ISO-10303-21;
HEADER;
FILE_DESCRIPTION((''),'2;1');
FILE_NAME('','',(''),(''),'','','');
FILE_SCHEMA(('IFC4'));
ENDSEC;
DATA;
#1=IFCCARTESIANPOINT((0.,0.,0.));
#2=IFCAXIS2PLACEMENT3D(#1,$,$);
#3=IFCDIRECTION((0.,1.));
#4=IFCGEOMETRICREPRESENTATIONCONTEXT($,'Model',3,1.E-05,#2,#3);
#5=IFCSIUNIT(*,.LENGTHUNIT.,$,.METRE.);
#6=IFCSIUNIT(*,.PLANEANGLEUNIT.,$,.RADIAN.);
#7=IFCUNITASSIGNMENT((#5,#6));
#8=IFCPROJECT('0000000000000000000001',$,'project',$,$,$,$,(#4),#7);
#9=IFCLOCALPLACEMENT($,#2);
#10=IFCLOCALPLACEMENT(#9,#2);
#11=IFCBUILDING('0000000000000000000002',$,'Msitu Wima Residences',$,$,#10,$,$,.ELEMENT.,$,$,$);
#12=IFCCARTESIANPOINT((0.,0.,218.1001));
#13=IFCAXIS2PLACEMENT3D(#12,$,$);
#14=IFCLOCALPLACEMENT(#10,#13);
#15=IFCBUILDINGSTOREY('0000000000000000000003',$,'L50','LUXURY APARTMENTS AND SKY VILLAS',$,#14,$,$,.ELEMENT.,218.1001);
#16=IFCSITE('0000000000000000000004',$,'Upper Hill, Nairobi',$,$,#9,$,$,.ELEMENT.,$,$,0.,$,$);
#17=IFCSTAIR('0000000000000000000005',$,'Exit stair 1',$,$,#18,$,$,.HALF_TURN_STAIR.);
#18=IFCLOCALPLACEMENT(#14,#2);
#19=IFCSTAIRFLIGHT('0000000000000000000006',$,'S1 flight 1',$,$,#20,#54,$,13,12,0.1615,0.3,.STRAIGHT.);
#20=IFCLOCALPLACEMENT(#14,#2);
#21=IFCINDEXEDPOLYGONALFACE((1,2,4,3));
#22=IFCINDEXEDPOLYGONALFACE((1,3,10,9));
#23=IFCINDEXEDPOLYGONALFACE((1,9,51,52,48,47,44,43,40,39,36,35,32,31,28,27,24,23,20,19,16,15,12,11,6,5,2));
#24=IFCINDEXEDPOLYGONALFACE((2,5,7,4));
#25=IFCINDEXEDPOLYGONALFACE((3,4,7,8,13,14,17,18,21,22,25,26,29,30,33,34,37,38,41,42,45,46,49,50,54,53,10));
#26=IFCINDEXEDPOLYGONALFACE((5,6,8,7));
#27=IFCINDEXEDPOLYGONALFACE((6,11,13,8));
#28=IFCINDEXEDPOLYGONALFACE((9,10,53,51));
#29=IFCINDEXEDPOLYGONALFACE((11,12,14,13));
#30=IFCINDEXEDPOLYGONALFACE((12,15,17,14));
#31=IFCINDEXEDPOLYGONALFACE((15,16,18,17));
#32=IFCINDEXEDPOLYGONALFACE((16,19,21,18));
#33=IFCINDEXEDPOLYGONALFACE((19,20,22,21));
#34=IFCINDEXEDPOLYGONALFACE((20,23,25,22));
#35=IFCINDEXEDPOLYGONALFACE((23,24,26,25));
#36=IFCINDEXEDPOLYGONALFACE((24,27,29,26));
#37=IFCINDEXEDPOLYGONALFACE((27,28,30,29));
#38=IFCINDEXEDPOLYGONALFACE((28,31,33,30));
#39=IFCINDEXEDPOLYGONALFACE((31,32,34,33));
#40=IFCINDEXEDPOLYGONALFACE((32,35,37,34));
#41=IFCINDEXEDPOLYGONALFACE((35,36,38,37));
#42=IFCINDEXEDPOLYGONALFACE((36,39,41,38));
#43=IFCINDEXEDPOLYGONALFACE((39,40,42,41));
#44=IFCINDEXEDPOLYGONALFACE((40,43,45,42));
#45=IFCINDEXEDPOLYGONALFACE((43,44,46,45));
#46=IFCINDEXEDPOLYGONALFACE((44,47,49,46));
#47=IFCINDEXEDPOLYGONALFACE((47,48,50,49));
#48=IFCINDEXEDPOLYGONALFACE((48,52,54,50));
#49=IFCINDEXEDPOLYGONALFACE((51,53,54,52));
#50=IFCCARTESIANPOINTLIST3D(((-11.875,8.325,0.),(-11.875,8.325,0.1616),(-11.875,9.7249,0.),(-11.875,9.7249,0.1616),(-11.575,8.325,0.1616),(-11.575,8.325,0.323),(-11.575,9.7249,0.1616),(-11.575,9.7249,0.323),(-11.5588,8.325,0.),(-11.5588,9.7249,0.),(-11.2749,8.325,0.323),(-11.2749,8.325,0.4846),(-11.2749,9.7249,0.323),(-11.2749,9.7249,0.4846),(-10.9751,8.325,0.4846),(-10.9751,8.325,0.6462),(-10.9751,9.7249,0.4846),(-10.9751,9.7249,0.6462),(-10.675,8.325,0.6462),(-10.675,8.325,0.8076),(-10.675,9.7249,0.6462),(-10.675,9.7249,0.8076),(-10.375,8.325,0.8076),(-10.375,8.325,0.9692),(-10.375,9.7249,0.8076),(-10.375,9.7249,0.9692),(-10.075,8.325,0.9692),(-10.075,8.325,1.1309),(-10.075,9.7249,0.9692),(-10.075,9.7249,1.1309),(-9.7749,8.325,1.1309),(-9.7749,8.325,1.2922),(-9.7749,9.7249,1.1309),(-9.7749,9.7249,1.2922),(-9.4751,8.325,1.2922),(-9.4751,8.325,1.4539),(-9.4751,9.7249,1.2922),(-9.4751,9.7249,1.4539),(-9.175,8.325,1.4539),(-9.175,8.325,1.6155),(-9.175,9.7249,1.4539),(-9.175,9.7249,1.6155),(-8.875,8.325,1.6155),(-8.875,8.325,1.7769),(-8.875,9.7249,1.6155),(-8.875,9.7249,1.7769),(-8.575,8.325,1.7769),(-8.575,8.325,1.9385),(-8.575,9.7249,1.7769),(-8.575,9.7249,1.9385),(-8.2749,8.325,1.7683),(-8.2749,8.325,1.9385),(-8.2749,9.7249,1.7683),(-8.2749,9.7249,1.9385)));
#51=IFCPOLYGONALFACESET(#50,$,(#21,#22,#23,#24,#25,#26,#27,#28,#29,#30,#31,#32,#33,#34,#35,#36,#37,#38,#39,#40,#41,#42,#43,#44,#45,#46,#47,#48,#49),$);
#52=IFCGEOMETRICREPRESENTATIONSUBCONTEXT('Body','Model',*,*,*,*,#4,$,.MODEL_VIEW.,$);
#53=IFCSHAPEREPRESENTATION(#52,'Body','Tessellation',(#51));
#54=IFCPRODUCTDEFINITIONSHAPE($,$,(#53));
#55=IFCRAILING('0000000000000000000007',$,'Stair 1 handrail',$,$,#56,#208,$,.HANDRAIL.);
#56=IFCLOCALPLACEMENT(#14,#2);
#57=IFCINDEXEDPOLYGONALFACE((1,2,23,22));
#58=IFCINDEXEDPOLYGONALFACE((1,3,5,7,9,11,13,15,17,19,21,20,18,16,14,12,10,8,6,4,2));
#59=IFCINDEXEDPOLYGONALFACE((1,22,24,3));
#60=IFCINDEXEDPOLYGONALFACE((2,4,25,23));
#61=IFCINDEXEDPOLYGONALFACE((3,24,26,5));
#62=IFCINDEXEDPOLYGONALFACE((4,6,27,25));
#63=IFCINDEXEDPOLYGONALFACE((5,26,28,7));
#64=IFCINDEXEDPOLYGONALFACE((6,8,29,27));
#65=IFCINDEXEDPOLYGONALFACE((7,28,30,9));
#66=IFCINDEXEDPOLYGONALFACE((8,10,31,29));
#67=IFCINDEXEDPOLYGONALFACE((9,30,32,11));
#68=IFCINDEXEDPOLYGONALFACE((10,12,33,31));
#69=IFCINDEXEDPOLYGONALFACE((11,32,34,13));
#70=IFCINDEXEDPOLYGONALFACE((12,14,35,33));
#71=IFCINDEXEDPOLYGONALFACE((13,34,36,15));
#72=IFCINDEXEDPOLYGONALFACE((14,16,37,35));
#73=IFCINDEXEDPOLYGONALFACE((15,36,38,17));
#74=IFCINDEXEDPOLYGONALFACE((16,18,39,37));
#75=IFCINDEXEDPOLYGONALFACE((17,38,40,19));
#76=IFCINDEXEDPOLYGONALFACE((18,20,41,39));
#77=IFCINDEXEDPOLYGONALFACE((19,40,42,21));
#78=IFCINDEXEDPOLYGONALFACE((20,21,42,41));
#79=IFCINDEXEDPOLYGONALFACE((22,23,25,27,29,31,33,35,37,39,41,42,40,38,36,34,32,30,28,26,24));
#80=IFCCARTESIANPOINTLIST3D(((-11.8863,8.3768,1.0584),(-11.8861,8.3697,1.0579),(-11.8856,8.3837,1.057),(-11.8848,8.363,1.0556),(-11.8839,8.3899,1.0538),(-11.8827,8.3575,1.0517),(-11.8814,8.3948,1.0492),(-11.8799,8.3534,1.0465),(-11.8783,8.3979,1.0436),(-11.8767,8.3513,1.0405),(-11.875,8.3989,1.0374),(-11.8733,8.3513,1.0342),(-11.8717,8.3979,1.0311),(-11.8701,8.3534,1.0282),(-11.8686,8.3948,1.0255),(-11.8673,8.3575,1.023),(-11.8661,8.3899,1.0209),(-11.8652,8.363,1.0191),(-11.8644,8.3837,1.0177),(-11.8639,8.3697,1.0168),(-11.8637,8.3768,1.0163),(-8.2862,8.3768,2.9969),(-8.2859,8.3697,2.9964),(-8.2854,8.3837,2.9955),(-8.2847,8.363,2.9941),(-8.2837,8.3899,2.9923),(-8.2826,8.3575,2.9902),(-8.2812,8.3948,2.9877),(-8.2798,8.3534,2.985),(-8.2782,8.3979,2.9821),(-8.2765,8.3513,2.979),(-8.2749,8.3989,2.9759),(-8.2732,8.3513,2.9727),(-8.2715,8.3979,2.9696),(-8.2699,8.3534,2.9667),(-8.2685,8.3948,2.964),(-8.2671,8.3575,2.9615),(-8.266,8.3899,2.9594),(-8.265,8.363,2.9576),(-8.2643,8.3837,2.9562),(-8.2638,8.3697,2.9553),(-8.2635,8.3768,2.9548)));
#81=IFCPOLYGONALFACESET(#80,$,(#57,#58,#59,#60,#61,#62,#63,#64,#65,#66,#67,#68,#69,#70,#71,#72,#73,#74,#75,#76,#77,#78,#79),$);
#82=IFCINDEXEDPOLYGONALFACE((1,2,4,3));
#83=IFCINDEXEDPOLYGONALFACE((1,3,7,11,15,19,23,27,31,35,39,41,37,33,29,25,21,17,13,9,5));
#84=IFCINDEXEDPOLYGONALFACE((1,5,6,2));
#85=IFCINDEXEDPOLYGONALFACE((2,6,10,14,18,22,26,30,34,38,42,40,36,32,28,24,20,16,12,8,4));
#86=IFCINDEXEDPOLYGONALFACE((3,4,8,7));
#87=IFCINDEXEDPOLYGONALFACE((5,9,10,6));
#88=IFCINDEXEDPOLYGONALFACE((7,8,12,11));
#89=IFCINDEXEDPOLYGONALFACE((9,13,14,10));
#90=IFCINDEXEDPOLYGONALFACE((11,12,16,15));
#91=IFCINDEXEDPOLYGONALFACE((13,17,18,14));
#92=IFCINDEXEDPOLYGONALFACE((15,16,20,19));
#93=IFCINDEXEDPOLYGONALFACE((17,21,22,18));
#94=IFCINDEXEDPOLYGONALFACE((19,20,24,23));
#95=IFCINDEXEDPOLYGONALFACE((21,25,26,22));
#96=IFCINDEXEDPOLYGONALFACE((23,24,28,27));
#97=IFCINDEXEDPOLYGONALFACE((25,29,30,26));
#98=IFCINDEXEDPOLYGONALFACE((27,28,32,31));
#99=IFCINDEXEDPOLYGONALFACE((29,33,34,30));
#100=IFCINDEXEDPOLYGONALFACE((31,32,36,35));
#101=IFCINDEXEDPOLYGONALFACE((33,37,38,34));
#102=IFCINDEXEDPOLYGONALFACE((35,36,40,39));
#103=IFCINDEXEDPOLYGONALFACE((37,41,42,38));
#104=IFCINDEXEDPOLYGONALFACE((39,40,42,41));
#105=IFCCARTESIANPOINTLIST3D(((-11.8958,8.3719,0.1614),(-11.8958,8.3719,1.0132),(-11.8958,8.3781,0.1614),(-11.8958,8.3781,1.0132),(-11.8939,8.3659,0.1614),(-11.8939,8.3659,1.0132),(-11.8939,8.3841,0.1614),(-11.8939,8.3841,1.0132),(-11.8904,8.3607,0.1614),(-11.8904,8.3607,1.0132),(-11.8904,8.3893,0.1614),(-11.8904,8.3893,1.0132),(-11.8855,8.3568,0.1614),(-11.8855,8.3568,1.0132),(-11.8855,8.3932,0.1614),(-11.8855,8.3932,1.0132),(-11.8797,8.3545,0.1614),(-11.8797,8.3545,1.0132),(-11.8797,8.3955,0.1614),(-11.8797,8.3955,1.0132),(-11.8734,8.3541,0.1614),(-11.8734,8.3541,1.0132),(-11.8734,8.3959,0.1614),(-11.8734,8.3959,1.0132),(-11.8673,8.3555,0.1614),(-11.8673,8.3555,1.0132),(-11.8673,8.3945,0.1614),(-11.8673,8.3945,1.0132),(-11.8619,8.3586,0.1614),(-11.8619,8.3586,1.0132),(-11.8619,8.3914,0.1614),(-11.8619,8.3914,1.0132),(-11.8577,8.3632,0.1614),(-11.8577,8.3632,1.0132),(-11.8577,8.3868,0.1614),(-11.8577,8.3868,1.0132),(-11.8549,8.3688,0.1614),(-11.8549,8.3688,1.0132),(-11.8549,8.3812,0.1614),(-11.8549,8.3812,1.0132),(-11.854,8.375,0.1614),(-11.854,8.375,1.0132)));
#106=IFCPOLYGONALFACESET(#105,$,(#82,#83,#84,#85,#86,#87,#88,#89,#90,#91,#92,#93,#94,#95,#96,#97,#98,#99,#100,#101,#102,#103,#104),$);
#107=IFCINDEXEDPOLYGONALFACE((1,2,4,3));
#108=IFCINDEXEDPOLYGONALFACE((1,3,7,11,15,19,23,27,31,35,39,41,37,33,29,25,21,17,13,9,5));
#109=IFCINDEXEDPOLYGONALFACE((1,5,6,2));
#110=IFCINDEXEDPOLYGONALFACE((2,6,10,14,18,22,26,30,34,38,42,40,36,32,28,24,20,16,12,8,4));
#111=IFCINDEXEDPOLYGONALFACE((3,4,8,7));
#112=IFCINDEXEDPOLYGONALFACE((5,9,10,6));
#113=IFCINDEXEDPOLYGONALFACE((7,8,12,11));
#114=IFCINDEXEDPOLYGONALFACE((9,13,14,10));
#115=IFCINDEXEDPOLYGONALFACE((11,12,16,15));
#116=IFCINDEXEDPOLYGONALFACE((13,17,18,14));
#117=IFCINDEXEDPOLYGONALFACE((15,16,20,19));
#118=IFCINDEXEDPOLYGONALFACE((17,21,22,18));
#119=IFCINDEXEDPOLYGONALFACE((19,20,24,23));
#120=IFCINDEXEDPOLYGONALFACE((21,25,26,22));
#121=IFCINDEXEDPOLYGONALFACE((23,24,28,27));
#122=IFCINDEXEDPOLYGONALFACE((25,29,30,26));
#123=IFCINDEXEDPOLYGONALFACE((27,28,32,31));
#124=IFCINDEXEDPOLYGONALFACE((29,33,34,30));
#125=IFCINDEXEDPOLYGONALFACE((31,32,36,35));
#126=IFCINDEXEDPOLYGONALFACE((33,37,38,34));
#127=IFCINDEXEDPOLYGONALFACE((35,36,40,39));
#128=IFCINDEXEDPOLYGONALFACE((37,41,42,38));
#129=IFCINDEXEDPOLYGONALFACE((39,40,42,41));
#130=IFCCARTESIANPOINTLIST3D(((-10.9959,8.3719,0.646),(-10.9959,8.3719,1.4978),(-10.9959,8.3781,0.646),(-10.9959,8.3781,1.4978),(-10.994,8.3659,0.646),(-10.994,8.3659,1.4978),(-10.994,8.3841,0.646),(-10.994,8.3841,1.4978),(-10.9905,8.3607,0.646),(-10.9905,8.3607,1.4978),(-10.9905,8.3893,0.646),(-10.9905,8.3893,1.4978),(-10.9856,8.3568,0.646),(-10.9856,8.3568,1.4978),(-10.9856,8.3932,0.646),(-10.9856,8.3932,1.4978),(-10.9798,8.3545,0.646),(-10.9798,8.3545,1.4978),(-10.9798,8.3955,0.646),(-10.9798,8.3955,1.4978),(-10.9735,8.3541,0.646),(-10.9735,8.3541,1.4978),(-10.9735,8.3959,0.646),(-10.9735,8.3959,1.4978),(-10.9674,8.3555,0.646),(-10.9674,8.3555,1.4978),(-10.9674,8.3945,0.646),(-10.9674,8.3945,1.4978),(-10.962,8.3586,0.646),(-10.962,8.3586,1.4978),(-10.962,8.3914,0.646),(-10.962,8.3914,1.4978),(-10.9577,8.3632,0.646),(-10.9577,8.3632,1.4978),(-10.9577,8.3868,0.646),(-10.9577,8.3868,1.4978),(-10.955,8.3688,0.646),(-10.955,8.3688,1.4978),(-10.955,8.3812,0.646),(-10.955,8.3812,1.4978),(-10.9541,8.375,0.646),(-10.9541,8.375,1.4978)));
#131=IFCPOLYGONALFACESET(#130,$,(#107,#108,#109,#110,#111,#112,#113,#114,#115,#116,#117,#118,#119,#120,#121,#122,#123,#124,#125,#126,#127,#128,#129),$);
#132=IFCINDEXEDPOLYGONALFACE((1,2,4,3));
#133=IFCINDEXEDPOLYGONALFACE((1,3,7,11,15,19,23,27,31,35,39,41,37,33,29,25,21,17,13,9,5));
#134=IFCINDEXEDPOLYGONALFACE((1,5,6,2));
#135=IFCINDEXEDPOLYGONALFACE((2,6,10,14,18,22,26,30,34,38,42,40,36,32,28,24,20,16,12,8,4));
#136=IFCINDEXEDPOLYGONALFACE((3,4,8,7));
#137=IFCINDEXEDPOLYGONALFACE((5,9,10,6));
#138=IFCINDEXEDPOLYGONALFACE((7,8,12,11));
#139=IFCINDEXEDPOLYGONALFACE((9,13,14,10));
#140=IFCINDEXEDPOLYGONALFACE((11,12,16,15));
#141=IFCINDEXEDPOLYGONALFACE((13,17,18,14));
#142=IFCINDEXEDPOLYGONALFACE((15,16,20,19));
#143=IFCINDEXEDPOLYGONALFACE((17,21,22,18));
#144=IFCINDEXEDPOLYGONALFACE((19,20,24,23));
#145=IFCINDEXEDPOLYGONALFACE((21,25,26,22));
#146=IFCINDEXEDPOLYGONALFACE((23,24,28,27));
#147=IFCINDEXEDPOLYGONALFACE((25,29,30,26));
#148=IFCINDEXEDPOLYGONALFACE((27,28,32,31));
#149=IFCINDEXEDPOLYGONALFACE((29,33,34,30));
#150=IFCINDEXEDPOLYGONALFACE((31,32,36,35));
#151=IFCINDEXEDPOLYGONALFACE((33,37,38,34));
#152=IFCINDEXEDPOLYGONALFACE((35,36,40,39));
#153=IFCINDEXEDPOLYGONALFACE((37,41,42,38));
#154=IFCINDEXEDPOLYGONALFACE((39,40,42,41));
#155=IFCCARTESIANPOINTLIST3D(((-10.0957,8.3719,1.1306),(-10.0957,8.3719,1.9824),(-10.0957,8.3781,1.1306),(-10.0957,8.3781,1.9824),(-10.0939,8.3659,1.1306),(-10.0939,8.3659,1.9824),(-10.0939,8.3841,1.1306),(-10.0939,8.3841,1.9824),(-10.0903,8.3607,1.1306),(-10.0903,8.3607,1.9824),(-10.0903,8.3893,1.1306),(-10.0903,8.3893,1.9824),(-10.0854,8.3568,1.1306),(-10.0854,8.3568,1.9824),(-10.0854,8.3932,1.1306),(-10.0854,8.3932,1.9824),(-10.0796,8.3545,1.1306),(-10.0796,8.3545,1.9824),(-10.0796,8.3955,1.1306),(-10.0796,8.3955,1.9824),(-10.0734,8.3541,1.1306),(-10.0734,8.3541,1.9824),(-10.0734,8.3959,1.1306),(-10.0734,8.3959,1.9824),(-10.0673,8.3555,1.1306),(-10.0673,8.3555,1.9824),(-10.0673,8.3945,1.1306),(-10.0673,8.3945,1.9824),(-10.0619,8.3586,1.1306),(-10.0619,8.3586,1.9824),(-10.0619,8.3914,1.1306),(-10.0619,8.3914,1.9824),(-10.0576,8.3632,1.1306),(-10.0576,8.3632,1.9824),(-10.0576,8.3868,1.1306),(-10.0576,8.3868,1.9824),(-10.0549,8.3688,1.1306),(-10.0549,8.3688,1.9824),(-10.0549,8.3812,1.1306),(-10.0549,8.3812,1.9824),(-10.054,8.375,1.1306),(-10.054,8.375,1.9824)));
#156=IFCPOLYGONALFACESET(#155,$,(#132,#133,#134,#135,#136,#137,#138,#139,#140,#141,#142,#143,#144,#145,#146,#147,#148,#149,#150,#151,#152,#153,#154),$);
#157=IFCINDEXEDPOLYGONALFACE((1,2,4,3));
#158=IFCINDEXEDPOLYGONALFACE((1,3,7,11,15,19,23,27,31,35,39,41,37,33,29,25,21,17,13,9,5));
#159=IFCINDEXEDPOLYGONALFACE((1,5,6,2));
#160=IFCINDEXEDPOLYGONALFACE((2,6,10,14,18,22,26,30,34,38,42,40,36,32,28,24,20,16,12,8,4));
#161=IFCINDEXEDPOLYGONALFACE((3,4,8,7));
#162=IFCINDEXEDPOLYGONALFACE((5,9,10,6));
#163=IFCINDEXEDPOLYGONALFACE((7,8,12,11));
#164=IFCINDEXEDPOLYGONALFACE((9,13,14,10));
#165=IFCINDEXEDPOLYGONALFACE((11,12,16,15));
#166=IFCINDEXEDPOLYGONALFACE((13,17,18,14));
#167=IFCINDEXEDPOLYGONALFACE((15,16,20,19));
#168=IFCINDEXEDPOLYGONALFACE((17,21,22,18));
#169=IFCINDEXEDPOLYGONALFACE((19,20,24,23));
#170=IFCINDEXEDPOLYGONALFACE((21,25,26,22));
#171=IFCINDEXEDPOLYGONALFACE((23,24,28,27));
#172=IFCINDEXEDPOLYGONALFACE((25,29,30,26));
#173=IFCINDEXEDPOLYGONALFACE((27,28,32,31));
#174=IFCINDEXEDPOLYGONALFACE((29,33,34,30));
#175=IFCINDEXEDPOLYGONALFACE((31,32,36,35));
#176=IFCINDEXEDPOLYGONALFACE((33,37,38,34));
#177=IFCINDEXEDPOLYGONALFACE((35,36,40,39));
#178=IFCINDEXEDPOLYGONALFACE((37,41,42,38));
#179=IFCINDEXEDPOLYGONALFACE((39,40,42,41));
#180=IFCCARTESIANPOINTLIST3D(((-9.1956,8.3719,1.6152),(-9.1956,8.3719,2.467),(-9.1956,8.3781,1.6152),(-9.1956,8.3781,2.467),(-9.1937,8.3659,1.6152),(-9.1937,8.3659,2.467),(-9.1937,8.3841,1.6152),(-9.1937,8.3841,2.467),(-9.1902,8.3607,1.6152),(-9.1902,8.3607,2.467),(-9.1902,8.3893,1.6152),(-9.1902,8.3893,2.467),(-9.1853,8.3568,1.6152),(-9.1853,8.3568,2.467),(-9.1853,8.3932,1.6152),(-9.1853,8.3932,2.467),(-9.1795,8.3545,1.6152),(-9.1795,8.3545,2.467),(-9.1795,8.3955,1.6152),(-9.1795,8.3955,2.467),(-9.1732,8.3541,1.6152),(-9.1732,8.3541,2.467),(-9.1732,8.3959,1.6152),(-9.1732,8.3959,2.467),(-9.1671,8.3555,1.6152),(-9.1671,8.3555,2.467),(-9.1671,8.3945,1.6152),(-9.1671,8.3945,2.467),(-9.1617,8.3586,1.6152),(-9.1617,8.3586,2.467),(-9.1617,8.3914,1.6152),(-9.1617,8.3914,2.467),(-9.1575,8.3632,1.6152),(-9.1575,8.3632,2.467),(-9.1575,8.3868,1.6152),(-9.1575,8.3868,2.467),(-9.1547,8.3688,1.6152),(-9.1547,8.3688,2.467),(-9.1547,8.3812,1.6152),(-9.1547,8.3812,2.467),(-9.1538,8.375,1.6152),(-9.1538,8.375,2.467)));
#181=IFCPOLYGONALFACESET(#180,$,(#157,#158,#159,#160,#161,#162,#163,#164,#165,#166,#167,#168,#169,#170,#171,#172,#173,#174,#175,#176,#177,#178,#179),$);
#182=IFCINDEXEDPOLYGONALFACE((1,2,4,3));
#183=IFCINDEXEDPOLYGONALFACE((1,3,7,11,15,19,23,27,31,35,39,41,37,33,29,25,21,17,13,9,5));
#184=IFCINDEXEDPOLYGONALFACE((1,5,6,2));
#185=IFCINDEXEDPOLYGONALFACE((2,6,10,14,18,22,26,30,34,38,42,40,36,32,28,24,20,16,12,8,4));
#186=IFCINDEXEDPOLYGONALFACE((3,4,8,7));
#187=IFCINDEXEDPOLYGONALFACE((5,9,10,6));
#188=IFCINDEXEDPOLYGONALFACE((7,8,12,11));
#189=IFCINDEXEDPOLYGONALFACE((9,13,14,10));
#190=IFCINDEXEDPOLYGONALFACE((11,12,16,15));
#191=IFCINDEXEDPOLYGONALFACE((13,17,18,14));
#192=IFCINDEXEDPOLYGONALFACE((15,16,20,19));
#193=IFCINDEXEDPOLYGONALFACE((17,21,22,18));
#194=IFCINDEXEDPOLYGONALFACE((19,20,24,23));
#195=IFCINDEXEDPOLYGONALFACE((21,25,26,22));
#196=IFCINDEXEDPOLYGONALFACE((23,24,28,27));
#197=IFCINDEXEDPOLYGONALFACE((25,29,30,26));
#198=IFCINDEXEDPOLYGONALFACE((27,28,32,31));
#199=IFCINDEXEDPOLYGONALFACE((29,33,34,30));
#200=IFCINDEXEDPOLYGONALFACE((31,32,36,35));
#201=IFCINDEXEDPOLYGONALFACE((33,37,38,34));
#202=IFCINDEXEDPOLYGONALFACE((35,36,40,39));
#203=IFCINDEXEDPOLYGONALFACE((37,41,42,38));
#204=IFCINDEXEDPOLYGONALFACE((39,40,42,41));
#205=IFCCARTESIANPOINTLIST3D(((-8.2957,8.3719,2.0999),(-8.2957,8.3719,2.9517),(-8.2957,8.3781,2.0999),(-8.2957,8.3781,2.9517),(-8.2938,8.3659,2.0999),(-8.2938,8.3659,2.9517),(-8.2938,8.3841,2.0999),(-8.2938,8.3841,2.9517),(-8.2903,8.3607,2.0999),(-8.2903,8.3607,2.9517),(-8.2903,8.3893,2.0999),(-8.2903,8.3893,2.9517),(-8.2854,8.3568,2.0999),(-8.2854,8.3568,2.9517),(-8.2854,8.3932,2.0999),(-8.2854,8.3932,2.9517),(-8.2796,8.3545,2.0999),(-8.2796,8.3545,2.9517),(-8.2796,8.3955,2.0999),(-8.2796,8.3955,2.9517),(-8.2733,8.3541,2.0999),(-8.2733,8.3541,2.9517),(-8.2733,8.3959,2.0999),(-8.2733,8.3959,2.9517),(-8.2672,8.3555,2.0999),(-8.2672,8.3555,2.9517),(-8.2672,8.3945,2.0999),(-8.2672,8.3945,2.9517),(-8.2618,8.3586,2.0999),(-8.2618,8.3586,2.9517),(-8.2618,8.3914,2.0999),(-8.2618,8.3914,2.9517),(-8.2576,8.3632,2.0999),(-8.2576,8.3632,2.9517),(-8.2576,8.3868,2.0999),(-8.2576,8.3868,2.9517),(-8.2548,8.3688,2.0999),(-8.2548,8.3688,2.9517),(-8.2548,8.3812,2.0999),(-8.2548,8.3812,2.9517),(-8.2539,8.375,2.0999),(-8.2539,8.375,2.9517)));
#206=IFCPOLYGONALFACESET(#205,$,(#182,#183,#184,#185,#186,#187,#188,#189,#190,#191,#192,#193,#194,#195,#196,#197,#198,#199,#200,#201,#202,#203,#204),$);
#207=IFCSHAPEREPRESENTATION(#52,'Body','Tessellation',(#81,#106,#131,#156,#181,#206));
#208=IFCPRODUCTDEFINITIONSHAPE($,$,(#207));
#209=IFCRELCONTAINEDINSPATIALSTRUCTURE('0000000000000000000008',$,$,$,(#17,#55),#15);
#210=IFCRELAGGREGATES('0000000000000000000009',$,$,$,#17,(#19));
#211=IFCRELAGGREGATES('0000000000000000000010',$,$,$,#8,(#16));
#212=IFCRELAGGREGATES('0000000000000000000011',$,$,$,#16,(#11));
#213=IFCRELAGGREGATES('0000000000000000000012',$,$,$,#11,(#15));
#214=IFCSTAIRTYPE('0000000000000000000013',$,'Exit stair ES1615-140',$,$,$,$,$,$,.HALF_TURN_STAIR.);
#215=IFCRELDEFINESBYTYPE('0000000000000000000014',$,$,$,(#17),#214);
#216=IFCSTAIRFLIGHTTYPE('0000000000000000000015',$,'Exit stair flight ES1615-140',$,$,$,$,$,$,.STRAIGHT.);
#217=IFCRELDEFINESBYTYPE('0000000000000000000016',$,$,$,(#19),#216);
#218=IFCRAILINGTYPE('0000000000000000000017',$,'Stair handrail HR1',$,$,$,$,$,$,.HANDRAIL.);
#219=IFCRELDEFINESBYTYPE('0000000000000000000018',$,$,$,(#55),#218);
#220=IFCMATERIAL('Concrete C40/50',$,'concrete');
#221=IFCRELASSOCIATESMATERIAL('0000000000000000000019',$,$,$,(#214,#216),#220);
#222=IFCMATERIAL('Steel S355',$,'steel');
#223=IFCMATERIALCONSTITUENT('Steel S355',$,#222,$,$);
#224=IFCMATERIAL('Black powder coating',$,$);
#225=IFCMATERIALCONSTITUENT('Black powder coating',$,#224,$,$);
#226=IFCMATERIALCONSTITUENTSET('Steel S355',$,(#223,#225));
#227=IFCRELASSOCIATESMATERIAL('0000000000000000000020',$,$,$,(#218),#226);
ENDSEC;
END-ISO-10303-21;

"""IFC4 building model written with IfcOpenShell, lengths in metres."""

from ifc_helpers import new_model, si_unit, direction, frame, origin, origin_2d, place, context, subcontext, project, spatial, polyline, circle, outline, extrude, material, constituent, constituent_set, type_object, element, aggregate, save


model = new_model("IFC4")

# Units and contexts
model_context = context("Model", 3, precision=1e-05, world=origin(), true_north=direction((0.0, 1.0)))
body_context = subcontext(model_context, "Body", "Model", "MODEL_VIEW")
ifc_project = project(units=[si_unit("LENGTHUNIT", "METRE"), si_unit("PLANEANGLEUNIT", "RADIAN")], contexts=[model_context])

# Site, building, storey
site_placement = place(None, origin())
site = spatial("IfcSite", under=ifc_project, at=site_placement, Name="Upper Hill, Nairobi", CompositionType="ELEMENT", RefElevation=0.0)
building_placement = place(site_placement, origin())
building = spatial("IfcBuilding", under=site, at=building_placement, Name="Msitu Wima Residences", CompositionType="ELEMENT")
storey_placement = place(building_placement, frame((0.0, 0.0, 218.1001)))
storey = spatial("IfcBuildingStorey", under=building, at=storey_placement, Name="L50", Description="LUXURY APARTMENTS AND SKY VILLAS", CompositionType="ELEMENT", Elevation=218.1001)

# Shared definitions
ifc_material_1 = material(Name="Concrete C40/50", Category="concrete")

# Stair, stair flight
stair_type = type_object("IfcStairType", Name="Exit stair ES1615-140", PredefinedType="HALF_TURN_STAIR", material=ifc_material_1)
stair_placement = place(storey_placement, origin())
stair = element("IfcStair", 1, at=stair_placement, inside=storey, type_object=stair_type, Name="Exit stair 1", PredefinedType="HALF_TURN_STAIR")
stair_flight_type = type_object("IfcStairFlightType", Name="Exit stair flight ES1615-140", PredefinedType="STRAIGHT", material=ifc_material_1)
stair_flight_placement = place(storey_placement, frame((-11.875, 9.0249, 0.0), z_axis=(0.0, 0.0, 1.0), x_axis=(1.0, 0.0, 0.0)))
stair_flight = element("IfcStairFlight", 2, at=stair_flight_placement, type_object=stair_flight_type, Name="S1 flight 1", NumberOfRisers=13, NumberOfTreads=12, PredefinedType="STRAIGHT", RiserHeight=0.1615, TreadLength=0.3, context=body_context, shape_type="SweptSolid", body=[
    extrude(outline(polyline([(0.0, 0.0), (0.0, 0.1616), (0.3, 0.1616), (0.3, 0.323), (0.6001, 0.323), (0.6001, 0.4846), (0.8999, 0.4846), (0.8999, 0.6462), (1.2, 0.6462), (1.2, 0.8076), (1.5, 0.8076), (1.5, 0.9692), (1.8, 0.9692), (1.8, 1.1309), (2.1001, 1.1309), (2.1001, 1.2922), (2.3999, 1.2922), (2.3999, 1.4539), (2.7, 1.4539), (2.7, 1.6155), (3.0, 1.6155), (3.0, 1.7769), (3.3, 1.7769), (3.3, 1.9385), (3.6001, 1.9385), (3.6001, 2.1001), (3.6001, 1.7683), (0.3162, 0.0), (0.0, 0.0)])), frame((0.0, 0.7, 0.0), z_axis=(0.0, -1.0, 0.0), x_axis=(1.0, 0.0, 0.0)), (0.0, 0.0, 1.0), 1.3999),
])
aggregate(stair, [stair_flight])

# Railing
ifc_material_2 = material(Name="Steel S355", Category="steel")
ifc_constituent_1 = constituent(ifc_material_2, Name="Steel S355")
ifc_material_3 = material(Name="Black powder coating")
ifc_constituent_2 = constituent(ifc_material_3, Name="Black powder coating")
ifc_constituent_set = constituent_set(constituents=[ifc_constituent_1, ifc_constituent_2], Name="Steel S355")
railing_type = type_object("IfcRailingType", Name="Stair handrail HR1", PredefinedType="HANDRAIL", material=ifc_constituent_set)
railing_placement = place(storey_placement, frame((-11.875, 8.375, 0.1614)))
element("IfcRailing", 3, at=railing_placement, inside=storey, type_object=railing_type, Name="Stair 1 handrail", PredefinedType="HANDRAIL", context=body_context, shape_type="SweptSolid", body=[
    extrude(circle(Radius=0.0239, at=origin_2d()), frame((0.0, 0.0, 0.876), z_axis=(0.880475, 0.0, 0.474093), x_axis=(0.0, 1.0, 0.0)), (0.0, 0.0, 1.0), 4.0889),
    extrude(circle(Radius=0.021, at=origin_2d()), origin(), (0.0, 0.0, 1.0), 0.8518),
    extrude(circle(Radius=0.021, at=origin_2d()), frame((0.8999, 0.0, 0.4846)), (0.0, 0.0, 1.0), 0.8518),
    extrude(circle(Radius=0.021, at=origin_2d()), frame((1.8, 0.0, 0.9692)), (0.0, 0.0, 1.0), 0.8518),
    extrude(circle(Radius=0.021, at=origin_2d()), frame((2.7002, 0.0, 1.4539)), (0.0, 0.0, 1.0), 0.8518),
    extrude(circle(Radius=0.021, at=origin_2d()), frame((3.6001, 0.0, 1.9385)), (0.0, 0.0, 1.0), 0.8518),
])

save(model, "model.ifc")
